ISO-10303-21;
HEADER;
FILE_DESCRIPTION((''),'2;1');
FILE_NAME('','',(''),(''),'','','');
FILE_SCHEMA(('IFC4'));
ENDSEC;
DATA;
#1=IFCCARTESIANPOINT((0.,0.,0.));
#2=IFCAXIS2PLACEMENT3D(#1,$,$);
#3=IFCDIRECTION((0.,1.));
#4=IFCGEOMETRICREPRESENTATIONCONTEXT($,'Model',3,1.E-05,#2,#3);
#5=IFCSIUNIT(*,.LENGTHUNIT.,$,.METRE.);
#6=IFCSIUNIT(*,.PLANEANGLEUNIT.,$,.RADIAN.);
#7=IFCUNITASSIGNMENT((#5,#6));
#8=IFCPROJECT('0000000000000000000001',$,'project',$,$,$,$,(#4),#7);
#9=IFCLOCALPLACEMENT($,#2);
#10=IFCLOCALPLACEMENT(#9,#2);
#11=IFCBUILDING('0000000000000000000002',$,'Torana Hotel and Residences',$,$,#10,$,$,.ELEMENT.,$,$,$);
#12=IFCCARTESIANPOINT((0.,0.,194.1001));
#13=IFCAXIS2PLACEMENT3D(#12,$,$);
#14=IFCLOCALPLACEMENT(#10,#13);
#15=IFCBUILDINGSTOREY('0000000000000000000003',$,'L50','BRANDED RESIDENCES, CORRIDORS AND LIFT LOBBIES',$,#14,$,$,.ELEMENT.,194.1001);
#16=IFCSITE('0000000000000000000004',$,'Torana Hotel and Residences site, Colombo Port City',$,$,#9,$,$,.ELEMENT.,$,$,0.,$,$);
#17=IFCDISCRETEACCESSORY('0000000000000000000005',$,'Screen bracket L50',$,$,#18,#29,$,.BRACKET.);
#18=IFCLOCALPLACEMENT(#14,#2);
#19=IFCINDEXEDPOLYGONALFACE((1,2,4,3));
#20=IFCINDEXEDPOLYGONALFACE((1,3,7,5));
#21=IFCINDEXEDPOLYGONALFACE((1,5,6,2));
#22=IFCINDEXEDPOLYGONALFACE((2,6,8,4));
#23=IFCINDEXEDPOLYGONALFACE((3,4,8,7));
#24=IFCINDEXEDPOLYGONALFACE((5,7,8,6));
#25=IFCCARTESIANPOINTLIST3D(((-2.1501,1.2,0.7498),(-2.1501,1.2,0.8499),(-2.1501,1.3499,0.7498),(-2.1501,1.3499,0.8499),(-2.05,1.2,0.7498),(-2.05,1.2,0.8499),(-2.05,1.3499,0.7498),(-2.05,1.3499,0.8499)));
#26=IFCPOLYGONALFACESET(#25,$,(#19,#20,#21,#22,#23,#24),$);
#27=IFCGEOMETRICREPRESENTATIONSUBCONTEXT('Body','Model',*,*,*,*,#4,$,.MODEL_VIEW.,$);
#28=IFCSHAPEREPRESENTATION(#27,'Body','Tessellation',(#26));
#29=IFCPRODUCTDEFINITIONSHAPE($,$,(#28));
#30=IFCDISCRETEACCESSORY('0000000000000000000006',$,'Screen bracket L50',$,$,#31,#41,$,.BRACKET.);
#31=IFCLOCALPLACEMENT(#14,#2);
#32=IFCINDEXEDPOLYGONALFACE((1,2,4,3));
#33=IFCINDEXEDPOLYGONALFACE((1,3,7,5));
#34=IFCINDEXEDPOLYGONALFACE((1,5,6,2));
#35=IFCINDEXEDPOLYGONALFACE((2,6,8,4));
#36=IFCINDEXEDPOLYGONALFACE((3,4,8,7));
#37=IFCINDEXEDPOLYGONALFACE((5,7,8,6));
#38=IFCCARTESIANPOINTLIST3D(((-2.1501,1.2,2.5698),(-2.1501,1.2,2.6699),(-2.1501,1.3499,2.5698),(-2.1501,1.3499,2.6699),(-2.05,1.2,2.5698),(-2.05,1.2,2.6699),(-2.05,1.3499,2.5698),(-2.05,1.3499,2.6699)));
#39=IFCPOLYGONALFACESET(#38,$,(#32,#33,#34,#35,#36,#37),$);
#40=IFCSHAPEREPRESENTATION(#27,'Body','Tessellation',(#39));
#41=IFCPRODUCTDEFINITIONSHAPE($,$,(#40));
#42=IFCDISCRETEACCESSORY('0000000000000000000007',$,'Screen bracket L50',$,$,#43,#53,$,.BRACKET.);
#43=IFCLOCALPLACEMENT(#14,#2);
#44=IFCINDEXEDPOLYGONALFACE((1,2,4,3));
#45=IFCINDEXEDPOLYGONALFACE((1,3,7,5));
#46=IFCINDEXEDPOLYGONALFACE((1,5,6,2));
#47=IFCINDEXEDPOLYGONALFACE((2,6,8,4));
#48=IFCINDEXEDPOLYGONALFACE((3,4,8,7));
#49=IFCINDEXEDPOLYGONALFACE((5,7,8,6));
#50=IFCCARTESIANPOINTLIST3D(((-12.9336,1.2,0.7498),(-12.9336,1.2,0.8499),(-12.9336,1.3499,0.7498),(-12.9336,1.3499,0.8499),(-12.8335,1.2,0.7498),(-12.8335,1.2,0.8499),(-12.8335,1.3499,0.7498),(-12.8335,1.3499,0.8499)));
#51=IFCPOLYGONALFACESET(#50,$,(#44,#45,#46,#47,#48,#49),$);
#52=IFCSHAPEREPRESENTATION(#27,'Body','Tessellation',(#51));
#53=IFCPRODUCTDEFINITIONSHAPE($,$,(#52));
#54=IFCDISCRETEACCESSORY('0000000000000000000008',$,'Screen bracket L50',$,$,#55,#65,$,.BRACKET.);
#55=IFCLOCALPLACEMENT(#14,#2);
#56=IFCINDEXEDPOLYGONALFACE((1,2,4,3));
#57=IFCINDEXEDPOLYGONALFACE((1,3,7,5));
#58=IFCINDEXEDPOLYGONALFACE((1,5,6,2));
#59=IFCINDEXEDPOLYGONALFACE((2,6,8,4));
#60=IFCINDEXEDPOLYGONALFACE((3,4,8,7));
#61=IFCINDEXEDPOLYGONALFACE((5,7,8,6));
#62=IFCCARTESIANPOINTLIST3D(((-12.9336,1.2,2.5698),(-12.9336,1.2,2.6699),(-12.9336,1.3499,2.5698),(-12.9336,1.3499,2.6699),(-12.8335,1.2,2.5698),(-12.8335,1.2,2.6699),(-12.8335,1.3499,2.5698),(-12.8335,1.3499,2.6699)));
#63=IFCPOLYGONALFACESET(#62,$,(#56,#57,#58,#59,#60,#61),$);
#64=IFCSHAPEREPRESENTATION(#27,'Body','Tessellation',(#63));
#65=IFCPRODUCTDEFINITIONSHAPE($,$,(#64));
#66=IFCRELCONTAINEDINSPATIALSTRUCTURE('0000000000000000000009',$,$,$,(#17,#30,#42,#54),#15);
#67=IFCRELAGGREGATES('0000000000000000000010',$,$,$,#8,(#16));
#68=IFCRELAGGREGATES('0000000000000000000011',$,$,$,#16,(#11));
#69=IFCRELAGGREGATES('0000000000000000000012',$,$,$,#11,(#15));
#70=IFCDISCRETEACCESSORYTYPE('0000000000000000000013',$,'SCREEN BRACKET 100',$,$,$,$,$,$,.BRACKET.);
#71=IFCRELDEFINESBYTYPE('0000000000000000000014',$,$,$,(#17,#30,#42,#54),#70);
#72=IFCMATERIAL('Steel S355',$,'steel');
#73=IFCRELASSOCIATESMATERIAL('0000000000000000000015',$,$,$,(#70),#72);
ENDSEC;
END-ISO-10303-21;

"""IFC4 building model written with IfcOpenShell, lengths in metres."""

from ifc_helpers import new_model, si_unit, direction, frame, origin, origin_2d, place, context, subcontext, project, spatial, rectangle, extrude, material, type_object, element, save


model = new_model("IFC4")

# Units and contexts
model_context = context("Model", 3, precision=1e-05, world=origin(), true_north=direction((0.0, 1.0)))
body_context = subcontext(model_context, "Body", "Model", "MODEL_VIEW")
ifc_project = project(units=[si_unit("LENGTHUNIT", "METRE"), si_unit("PLANEANGLEUNIT", "RADIAN")], contexts=[model_context])

# Site, building, storey
site_placement = place(None, origin())
site = spatial("IfcSite", under=ifc_project, at=site_placement, Name="Torana Hotel and Residences site, Colombo Port City", CompositionType="ELEMENT", RefElevation=0.0)
building_placement = place(site_placement, origin())
building = spatial("IfcBuilding", under=site, at=building_placement, Name="Torana Hotel and Residences", CompositionType="ELEMENT")
storey_placement = place(building_placement, frame((0.0, 0.0, 194.1001)))
storey = spatial("IfcBuildingStorey", under=building, at=storey_placement, Name="L50", Description="BRANDED RESIDENCES, CORRIDORS AND LIFT LOBBIES", CompositionType="ELEMENT", Elevation=194.1001)

# Discrete accessories
ifc_material_1 = material(Name="Steel S355", Category="steel")
discrete_accessory_type = type_object("IfcDiscreteAccessoryType", Name="SCREEN BRACKET 100", PredefinedType="BRACKET", material=ifc_material_1)
for number, where, z_axis, x_axis, name in (
    (1, (-2.1001, 1.2749, 0.7498), (0.0, 0.0, 1.0), (-1.0, 0.0, 0.0), "Screen bracket L50"),
    (2, (-2.1001, 1.2749, 2.5698), (0.0, 0.0, 1.0), (-1.0, 0.0, 0.0), "Screen bracket L50"),
    (3, (-12.8835, 1.2749, 0.7498), (0.0, 0.0, 1.0), (-1.0, 0.0, 0.0), "Screen bracket L50"),
    (4, (-12.8835, 1.2749, 2.5698), (0.0, 0.0, 1.0), (-1.0, 0.0, 0.0), "Screen bracket L50"),
):
    element("IfcDiscreteAccessory", number, at=place(storey_placement, frame(where, z_axis=z_axis, x_axis=x_axis)), inside=storey, type_object=discrete_accessory_type, Name=name, PredefinedType="BRACKET", context=body_context, shape_type="SweptSolid", body=[
        extrude(rectangle(XDim=0.1001, YDim=0.1499, at=origin_2d()), origin(), (0.0, 0.0, 1.0), 0.1001),
    ])

save(model, "model.ifc")
